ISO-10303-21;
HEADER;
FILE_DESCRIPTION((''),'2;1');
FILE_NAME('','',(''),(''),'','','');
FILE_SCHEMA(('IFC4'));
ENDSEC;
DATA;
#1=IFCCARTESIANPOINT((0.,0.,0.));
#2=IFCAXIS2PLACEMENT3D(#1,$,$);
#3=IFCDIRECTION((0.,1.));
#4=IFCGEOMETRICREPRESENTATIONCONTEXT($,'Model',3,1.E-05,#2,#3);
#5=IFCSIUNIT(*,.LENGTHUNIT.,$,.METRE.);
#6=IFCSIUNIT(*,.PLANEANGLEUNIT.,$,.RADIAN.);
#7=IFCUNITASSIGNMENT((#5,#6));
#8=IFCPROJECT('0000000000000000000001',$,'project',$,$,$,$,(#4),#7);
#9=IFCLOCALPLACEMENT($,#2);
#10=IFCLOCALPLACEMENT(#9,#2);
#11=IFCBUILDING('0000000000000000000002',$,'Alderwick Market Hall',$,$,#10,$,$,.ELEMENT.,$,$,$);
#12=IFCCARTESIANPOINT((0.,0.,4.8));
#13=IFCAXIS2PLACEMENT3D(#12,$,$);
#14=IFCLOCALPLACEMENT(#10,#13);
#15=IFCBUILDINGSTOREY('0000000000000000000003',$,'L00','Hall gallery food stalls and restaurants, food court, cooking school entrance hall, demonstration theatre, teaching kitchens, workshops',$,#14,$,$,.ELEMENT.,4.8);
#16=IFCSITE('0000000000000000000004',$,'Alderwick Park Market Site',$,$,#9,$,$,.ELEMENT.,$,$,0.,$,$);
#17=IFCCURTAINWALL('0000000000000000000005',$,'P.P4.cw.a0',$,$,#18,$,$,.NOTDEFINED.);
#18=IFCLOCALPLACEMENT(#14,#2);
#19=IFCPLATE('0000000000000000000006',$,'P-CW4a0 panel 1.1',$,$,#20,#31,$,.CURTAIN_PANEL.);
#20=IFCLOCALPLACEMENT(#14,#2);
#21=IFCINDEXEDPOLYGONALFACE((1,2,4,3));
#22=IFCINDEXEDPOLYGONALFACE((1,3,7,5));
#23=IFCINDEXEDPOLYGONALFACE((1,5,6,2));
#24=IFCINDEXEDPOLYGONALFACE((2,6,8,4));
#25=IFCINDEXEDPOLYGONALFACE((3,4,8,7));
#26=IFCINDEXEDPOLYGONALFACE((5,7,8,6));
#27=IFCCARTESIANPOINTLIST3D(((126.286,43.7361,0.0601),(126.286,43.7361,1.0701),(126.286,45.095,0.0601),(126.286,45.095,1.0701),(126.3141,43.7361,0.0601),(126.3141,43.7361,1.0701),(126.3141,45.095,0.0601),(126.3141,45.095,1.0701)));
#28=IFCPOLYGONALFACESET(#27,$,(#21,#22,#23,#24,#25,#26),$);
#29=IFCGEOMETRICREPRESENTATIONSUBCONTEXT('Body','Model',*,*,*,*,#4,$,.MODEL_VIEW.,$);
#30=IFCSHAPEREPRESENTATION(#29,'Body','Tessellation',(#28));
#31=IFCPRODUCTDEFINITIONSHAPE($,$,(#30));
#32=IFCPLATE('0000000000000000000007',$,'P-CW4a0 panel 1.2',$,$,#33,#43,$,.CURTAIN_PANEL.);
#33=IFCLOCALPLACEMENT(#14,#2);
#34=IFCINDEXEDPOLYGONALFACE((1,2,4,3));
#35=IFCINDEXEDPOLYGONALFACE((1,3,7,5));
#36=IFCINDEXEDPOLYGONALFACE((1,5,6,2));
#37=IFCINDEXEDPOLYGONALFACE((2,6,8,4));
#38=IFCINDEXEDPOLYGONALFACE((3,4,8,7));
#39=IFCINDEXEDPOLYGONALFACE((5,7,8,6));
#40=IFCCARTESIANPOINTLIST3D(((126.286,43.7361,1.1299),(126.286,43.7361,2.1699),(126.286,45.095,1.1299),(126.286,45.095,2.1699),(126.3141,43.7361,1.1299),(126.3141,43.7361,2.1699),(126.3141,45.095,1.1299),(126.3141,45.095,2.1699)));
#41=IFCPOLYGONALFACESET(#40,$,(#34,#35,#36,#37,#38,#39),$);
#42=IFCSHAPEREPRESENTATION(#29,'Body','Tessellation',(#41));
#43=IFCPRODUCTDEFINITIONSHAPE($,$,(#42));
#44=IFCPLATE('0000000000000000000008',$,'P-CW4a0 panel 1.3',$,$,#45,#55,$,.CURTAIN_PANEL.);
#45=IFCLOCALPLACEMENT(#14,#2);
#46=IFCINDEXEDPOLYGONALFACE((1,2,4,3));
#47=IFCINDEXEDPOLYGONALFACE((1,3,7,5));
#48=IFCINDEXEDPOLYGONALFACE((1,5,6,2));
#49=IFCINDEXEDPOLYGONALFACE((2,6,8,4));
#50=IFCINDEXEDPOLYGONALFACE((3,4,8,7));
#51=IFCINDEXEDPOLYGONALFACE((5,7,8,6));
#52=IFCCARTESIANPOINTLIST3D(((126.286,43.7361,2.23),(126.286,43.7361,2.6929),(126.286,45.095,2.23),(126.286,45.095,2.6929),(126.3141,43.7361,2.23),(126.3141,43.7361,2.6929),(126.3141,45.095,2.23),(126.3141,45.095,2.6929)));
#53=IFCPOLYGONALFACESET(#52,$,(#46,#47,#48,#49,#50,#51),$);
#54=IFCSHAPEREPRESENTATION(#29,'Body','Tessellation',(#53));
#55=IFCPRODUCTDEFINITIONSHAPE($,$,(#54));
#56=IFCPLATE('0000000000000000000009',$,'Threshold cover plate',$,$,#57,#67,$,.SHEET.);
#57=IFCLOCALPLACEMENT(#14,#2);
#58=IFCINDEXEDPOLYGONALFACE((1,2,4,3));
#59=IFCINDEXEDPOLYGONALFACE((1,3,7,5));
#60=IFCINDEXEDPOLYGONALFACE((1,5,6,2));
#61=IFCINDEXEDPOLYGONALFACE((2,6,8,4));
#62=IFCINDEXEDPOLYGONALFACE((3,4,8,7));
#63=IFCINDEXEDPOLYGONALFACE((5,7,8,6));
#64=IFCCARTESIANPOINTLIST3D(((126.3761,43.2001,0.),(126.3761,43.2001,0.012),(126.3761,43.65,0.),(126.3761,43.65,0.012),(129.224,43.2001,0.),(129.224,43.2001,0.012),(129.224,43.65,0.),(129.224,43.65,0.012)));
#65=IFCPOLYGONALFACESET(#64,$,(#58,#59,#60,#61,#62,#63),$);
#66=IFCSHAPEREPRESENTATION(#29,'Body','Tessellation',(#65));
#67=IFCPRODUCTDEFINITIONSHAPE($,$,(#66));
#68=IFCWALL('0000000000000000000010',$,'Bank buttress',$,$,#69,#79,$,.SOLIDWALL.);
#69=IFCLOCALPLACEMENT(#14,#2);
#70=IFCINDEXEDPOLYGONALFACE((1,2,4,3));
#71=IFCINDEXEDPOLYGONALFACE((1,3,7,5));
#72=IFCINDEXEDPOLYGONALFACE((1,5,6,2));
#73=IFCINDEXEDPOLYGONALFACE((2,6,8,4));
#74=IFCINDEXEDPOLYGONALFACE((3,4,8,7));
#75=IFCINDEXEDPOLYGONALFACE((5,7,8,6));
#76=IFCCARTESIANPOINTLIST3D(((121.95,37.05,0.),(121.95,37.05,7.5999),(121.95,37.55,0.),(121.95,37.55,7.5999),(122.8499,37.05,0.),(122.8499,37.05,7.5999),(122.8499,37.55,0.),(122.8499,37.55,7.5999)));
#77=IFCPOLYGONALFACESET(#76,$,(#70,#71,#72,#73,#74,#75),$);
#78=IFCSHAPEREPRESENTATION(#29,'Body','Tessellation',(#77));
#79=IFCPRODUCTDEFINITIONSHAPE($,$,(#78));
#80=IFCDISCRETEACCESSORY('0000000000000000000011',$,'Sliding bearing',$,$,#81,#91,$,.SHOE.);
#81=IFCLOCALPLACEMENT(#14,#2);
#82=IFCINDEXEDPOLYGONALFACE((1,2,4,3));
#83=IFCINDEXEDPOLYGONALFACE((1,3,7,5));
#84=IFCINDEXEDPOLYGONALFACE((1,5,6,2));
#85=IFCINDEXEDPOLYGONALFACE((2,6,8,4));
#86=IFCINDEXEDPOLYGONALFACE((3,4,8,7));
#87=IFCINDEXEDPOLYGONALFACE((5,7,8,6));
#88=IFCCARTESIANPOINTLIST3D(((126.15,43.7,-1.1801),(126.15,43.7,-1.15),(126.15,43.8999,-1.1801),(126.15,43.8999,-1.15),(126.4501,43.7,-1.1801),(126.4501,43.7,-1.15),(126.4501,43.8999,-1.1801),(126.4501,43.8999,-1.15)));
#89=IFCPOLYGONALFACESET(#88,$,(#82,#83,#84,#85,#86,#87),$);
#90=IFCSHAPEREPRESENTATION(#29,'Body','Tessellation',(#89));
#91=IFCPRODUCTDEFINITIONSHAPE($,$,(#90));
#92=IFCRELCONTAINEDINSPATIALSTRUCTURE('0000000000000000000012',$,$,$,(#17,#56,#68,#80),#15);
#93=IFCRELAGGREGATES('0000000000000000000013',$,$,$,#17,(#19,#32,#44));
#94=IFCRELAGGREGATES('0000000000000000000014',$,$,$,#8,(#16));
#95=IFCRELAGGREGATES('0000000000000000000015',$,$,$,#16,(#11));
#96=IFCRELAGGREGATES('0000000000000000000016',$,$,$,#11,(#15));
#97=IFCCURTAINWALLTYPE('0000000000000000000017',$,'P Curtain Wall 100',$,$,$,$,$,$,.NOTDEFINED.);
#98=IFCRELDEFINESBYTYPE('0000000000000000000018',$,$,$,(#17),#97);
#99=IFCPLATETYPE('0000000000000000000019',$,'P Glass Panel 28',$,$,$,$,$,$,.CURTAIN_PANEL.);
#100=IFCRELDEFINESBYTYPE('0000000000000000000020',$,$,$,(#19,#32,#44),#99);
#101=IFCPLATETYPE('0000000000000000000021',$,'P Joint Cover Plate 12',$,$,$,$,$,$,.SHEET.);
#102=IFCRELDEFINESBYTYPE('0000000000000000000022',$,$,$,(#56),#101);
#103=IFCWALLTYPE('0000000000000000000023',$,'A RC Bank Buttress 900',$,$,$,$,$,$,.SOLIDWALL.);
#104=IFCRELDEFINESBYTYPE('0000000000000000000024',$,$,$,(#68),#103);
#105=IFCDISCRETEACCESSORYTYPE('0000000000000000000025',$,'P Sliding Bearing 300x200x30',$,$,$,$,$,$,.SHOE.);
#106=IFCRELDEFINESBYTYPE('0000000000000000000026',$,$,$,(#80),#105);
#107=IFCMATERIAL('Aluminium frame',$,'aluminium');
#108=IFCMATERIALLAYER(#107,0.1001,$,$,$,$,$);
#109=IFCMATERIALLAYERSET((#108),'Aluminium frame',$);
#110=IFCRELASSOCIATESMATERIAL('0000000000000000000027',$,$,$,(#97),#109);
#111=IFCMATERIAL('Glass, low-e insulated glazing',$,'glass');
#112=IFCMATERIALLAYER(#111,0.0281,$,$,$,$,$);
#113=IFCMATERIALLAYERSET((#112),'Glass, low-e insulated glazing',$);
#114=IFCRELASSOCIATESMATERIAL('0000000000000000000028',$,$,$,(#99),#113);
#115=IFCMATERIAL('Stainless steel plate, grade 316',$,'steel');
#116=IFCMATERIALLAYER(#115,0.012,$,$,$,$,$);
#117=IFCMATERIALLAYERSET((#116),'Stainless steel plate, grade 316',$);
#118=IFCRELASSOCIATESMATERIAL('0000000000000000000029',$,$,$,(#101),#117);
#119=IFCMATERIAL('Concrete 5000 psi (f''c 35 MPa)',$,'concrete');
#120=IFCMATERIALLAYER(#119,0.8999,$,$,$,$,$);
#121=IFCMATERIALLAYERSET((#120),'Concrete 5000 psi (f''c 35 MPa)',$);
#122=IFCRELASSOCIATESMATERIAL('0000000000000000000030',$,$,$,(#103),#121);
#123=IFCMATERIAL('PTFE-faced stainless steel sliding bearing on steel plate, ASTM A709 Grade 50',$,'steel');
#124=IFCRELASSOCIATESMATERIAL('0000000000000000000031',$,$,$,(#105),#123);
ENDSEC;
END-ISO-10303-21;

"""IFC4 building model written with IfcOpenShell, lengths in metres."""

from ifc_helpers import new_model, si_unit, direction, frame, frame_2d, origin, origin_2d, place, context, subcontext, project, spatial, rectangle, extrude, material, layer, layer_set, material_profile, profile_set, type_object, element, aggregate, save


model = new_model("IFC4")

# Units and contexts
model_context = context("Model", 3, precision=1e-05, world=origin(), true_north=direction((0.0, 1.0)))
body_context = subcontext(model_context, "Body", "Model", "MODEL_VIEW")
ifc_project = project(units=[si_unit("LENGTHUNIT", "METRE"), si_unit("PLANEANGLEUNIT", "RADIAN")], contexts=[model_context])

# Site, building, storey
site_placement = place(None, origin())
site = spatial("IfcSite", under=ifc_project, at=site_placement, Name="Alderwick Park Market Site", CompositionType="ELEMENT", RefElevation=0.0)
building_placement = place(site_placement, origin())
building = spatial("IfcBuilding", under=site, at=building_placement, Name="Alderwick Market Hall", CompositionType="ELEMENT")
storey_placement = place(building_placement, frame((0.0, 0.0, 4.8)))
storey = spatial("IfcBuildingStorey", under=building, at=storey_placement, Name="L00", Description="Hall gallery food stalls and restaurants, food court, cooking school entrance hall, demonstration theatre, teaching kitchens, workshops", CompositionType="ELEMENT", Elevation=4.8)

# Curtain wall
ifc_material_1 = material(Name="Aluminium frame", Category="aluminium")
ifc_layer_1 = layer(ifc_material_1, 0.1001)
ifc_layer_set_1 = layer_set([ifc_layer_1], Name="Aluminium frame")
curtain_wall_type = type_object("IfcCurtainWallType", Name="P Curtain Wall 100", PredefinedType="NOTDEFINED", material=ifc_layer_set_1)
curtain_wall_placement = place(storey_placement, origin())
curtain_wall = element("IfcCurtainWall", 1, at=curtain_wall_placement, inside=storey, type_object=curtain_wall_type, Name="P.P4.cw.a0", PredefinedType="NOTDEFINED")

# Shared definitions
ifc_material_2 = material(Name="Concrete 5000 psi (f'c 35 MPa)", Category="concrete")

# Plates
ifc_material_3 = material(Name="Glass, low-e insulated glazing", Category="glass")
ifc_layer_2 = layer(ifc_material_3, 0.0281)
ifc_layer_set_2 = layer_set([ifc_layer_2], Name="Glass, low-e insulated glazing")
plate_type_1 = type_object("IfcPlateType", Name="P Glass Panel 28", PredefinedType="CURTAIN_PANEL", material=ifc_layer_set_2)
plate_1_placement = place(storey_placement, frame((126.3, 44.4155, 0.0601), z_axis=(0.0, 0.0, 1.0), x_axis=(0.0, 1.0, 0.0)))
plate_1 = element("IfcPlate", 2, at=plate_1_placement, type_object=plate_type_1, Name="P-CW4a0 panel 1.1", PredefinedType="CURTAIN_PANEL", context=body_context, shape_type="SweptSolid", body=[
    extrude(rectangle(XDim=1.3589, YDim=0.0281, at=origin_2d()), origin(), (0.0, 0.0, 1.0), 1.01),
])
plate_2_placement = place(storey_placement, frame((126.3, 44.4155, 1.1299), z_axis=(0.0, 0.0, 1.0), x_axis=(0.0, 1.0, 0.0)))
plate_2 = element("IfcPlate", 3, at=plate_2_placement, type_object=plate_type_1, Name="P-CW4a0 panel 1.2", PredefinedType="CURTAIN_PANEL", context=body_context, shape_type="SweptSolid", body=[
    extrude(rectangle(XDim=1.3589, YDim=0.0281, at=origin_2d()), origin(), (0.0, 0.0, 1.0), 1.04),
])
plate_3_placement = place(storey_placement, frame((126.3, 44.4155, 2.23), z_axis=(0.0, 0.0, 1.0), x_axis=(0.0, 1.0, 0.0)))
plate_3 = element("IfcPlate", 4, at=plate_3_placement, type_object=plate_type_1, Name="P-CW4a0 panel 1.3", PredefinedType="CURTAIN_PANEL", context=body_context, shape_type="SweptSolid", body=[
    extrude(rectangle(XDim=1.3589, YDim=0.0281, at=origin_2d()), origin(), (0.0, 0.0, 1.0), 0.4629),
])
aggregate(curtain_wall, [plate_1, plate_2, plate_3])
ifc_material_4 = material(Name="Stainless steel plate, grade 316", Category="steel")
ifc_layer_3 = layer(ifc_material_4, 0.012)
ifc_layer_set_3 = layer_set([ifc_layer_3], Name="Stainless steel plate, grade 316")
plate_type_2 = type_object("IfcPlateType", Name="P Joint Cover Plate 12", PredefinedType="SHEET", material=ifc_layer_set_3)
plate_4_placement = place(storey_placement, frame((127.8, 43.425, 0.0), z_axis=(0.0, 0.0, 1.0), x_axis=(1.0, 0.0, 0.0)))
element("IfcPlate", 5, at=plate_4_placement, inside=storey, type_object=plate_type_2, Name="Threshold cover plate", PredefinedType="SHEET", context=body_context, shape_type="SweptSolid", body=[
    extrude(rectangle(XDim=2.8479, YDim=0.45, at=origin_2d()), origin(), (0.0, 0.0, 1.0), 0.012),
])

# Wall
ifc_layer_4 = layer(ifc_material_2, 0.8999)
ifc_layer_set_4 = layer_set([ifc_layer_4], Name="Concrete 5000 psi (f'c 35 MPa)")
wall_type_1 = type_object("IfcWallType", Name="A RC Bank Buttress 900", PredefinedType="SOLIDWALL", material=ifc_layer_set_4)
wall_1_placement = place(storey_placement, frame((122.3999, 37.05, 0.0), z_axis=(0.0, 0.0, 1.0), x_axis=(0.0, 1.0, 0.0)))
element("IfcWall", 6, at=wall_1_placement, inside=storey, type_object=wall_type_1, Name="Bank buttress", PredefinedType="SOLIDWALL", context=body_context, shape_type="SweptSolid", body=[
    extrude(rectangle(XDim=0.5, YDim=0.8999, at=frame_2d((0.25, 0.0))), origin(), (0.0, 0.0, 1.0), 7.5999),
])

# Discrete accessory
ifc_material_5 = material(Name="PTFE-faced stainless steel sliding bearing on steel plate, ASTM A709 Grade 50", Category="steel")
ifc_material_profile_1 = material_profile(ifc_material_5, rectangle(XDim=0.3, YDim=0.03, at=origin_2d()), Name="P Sliding Bearing 300x200x30")
ifc_profile_set_1 = profile_set([ifc_material_profile_1], Name="PTFE-faced stainless steel sliding bearing on steel plate, ASTM A709 Grade 50")
discrete_accessory_type = type_object("IfcDiscreteAccessoryType", Name="P Sliding Bearing 300x200x30", PredefinedType="SHOE", material=ifc_profile_set_1)
discrete_accessory_placement = place(storey_placement, frame((126.3, 43.8999, -1.165), z_axis=(0.0, -1.0, 0.0), x_axis=(1.0, 0.0, 0.0)))
element("IfcDiscreteAccessory", 7, at=discrete_accessory_placement, inside=storey, type_object=discrete_accessory_type, Name="Sliding bearing", PredefinedType="SHOE", context=body_context, shape_type="SweptSolid", body=[
    extrude(rectangle(XDim=0.3, YDim=0.03, at=origin_2d()), origin(), (0.0, 0.0, 1.0), 0.2),
])

save(model, "model.ifc")
